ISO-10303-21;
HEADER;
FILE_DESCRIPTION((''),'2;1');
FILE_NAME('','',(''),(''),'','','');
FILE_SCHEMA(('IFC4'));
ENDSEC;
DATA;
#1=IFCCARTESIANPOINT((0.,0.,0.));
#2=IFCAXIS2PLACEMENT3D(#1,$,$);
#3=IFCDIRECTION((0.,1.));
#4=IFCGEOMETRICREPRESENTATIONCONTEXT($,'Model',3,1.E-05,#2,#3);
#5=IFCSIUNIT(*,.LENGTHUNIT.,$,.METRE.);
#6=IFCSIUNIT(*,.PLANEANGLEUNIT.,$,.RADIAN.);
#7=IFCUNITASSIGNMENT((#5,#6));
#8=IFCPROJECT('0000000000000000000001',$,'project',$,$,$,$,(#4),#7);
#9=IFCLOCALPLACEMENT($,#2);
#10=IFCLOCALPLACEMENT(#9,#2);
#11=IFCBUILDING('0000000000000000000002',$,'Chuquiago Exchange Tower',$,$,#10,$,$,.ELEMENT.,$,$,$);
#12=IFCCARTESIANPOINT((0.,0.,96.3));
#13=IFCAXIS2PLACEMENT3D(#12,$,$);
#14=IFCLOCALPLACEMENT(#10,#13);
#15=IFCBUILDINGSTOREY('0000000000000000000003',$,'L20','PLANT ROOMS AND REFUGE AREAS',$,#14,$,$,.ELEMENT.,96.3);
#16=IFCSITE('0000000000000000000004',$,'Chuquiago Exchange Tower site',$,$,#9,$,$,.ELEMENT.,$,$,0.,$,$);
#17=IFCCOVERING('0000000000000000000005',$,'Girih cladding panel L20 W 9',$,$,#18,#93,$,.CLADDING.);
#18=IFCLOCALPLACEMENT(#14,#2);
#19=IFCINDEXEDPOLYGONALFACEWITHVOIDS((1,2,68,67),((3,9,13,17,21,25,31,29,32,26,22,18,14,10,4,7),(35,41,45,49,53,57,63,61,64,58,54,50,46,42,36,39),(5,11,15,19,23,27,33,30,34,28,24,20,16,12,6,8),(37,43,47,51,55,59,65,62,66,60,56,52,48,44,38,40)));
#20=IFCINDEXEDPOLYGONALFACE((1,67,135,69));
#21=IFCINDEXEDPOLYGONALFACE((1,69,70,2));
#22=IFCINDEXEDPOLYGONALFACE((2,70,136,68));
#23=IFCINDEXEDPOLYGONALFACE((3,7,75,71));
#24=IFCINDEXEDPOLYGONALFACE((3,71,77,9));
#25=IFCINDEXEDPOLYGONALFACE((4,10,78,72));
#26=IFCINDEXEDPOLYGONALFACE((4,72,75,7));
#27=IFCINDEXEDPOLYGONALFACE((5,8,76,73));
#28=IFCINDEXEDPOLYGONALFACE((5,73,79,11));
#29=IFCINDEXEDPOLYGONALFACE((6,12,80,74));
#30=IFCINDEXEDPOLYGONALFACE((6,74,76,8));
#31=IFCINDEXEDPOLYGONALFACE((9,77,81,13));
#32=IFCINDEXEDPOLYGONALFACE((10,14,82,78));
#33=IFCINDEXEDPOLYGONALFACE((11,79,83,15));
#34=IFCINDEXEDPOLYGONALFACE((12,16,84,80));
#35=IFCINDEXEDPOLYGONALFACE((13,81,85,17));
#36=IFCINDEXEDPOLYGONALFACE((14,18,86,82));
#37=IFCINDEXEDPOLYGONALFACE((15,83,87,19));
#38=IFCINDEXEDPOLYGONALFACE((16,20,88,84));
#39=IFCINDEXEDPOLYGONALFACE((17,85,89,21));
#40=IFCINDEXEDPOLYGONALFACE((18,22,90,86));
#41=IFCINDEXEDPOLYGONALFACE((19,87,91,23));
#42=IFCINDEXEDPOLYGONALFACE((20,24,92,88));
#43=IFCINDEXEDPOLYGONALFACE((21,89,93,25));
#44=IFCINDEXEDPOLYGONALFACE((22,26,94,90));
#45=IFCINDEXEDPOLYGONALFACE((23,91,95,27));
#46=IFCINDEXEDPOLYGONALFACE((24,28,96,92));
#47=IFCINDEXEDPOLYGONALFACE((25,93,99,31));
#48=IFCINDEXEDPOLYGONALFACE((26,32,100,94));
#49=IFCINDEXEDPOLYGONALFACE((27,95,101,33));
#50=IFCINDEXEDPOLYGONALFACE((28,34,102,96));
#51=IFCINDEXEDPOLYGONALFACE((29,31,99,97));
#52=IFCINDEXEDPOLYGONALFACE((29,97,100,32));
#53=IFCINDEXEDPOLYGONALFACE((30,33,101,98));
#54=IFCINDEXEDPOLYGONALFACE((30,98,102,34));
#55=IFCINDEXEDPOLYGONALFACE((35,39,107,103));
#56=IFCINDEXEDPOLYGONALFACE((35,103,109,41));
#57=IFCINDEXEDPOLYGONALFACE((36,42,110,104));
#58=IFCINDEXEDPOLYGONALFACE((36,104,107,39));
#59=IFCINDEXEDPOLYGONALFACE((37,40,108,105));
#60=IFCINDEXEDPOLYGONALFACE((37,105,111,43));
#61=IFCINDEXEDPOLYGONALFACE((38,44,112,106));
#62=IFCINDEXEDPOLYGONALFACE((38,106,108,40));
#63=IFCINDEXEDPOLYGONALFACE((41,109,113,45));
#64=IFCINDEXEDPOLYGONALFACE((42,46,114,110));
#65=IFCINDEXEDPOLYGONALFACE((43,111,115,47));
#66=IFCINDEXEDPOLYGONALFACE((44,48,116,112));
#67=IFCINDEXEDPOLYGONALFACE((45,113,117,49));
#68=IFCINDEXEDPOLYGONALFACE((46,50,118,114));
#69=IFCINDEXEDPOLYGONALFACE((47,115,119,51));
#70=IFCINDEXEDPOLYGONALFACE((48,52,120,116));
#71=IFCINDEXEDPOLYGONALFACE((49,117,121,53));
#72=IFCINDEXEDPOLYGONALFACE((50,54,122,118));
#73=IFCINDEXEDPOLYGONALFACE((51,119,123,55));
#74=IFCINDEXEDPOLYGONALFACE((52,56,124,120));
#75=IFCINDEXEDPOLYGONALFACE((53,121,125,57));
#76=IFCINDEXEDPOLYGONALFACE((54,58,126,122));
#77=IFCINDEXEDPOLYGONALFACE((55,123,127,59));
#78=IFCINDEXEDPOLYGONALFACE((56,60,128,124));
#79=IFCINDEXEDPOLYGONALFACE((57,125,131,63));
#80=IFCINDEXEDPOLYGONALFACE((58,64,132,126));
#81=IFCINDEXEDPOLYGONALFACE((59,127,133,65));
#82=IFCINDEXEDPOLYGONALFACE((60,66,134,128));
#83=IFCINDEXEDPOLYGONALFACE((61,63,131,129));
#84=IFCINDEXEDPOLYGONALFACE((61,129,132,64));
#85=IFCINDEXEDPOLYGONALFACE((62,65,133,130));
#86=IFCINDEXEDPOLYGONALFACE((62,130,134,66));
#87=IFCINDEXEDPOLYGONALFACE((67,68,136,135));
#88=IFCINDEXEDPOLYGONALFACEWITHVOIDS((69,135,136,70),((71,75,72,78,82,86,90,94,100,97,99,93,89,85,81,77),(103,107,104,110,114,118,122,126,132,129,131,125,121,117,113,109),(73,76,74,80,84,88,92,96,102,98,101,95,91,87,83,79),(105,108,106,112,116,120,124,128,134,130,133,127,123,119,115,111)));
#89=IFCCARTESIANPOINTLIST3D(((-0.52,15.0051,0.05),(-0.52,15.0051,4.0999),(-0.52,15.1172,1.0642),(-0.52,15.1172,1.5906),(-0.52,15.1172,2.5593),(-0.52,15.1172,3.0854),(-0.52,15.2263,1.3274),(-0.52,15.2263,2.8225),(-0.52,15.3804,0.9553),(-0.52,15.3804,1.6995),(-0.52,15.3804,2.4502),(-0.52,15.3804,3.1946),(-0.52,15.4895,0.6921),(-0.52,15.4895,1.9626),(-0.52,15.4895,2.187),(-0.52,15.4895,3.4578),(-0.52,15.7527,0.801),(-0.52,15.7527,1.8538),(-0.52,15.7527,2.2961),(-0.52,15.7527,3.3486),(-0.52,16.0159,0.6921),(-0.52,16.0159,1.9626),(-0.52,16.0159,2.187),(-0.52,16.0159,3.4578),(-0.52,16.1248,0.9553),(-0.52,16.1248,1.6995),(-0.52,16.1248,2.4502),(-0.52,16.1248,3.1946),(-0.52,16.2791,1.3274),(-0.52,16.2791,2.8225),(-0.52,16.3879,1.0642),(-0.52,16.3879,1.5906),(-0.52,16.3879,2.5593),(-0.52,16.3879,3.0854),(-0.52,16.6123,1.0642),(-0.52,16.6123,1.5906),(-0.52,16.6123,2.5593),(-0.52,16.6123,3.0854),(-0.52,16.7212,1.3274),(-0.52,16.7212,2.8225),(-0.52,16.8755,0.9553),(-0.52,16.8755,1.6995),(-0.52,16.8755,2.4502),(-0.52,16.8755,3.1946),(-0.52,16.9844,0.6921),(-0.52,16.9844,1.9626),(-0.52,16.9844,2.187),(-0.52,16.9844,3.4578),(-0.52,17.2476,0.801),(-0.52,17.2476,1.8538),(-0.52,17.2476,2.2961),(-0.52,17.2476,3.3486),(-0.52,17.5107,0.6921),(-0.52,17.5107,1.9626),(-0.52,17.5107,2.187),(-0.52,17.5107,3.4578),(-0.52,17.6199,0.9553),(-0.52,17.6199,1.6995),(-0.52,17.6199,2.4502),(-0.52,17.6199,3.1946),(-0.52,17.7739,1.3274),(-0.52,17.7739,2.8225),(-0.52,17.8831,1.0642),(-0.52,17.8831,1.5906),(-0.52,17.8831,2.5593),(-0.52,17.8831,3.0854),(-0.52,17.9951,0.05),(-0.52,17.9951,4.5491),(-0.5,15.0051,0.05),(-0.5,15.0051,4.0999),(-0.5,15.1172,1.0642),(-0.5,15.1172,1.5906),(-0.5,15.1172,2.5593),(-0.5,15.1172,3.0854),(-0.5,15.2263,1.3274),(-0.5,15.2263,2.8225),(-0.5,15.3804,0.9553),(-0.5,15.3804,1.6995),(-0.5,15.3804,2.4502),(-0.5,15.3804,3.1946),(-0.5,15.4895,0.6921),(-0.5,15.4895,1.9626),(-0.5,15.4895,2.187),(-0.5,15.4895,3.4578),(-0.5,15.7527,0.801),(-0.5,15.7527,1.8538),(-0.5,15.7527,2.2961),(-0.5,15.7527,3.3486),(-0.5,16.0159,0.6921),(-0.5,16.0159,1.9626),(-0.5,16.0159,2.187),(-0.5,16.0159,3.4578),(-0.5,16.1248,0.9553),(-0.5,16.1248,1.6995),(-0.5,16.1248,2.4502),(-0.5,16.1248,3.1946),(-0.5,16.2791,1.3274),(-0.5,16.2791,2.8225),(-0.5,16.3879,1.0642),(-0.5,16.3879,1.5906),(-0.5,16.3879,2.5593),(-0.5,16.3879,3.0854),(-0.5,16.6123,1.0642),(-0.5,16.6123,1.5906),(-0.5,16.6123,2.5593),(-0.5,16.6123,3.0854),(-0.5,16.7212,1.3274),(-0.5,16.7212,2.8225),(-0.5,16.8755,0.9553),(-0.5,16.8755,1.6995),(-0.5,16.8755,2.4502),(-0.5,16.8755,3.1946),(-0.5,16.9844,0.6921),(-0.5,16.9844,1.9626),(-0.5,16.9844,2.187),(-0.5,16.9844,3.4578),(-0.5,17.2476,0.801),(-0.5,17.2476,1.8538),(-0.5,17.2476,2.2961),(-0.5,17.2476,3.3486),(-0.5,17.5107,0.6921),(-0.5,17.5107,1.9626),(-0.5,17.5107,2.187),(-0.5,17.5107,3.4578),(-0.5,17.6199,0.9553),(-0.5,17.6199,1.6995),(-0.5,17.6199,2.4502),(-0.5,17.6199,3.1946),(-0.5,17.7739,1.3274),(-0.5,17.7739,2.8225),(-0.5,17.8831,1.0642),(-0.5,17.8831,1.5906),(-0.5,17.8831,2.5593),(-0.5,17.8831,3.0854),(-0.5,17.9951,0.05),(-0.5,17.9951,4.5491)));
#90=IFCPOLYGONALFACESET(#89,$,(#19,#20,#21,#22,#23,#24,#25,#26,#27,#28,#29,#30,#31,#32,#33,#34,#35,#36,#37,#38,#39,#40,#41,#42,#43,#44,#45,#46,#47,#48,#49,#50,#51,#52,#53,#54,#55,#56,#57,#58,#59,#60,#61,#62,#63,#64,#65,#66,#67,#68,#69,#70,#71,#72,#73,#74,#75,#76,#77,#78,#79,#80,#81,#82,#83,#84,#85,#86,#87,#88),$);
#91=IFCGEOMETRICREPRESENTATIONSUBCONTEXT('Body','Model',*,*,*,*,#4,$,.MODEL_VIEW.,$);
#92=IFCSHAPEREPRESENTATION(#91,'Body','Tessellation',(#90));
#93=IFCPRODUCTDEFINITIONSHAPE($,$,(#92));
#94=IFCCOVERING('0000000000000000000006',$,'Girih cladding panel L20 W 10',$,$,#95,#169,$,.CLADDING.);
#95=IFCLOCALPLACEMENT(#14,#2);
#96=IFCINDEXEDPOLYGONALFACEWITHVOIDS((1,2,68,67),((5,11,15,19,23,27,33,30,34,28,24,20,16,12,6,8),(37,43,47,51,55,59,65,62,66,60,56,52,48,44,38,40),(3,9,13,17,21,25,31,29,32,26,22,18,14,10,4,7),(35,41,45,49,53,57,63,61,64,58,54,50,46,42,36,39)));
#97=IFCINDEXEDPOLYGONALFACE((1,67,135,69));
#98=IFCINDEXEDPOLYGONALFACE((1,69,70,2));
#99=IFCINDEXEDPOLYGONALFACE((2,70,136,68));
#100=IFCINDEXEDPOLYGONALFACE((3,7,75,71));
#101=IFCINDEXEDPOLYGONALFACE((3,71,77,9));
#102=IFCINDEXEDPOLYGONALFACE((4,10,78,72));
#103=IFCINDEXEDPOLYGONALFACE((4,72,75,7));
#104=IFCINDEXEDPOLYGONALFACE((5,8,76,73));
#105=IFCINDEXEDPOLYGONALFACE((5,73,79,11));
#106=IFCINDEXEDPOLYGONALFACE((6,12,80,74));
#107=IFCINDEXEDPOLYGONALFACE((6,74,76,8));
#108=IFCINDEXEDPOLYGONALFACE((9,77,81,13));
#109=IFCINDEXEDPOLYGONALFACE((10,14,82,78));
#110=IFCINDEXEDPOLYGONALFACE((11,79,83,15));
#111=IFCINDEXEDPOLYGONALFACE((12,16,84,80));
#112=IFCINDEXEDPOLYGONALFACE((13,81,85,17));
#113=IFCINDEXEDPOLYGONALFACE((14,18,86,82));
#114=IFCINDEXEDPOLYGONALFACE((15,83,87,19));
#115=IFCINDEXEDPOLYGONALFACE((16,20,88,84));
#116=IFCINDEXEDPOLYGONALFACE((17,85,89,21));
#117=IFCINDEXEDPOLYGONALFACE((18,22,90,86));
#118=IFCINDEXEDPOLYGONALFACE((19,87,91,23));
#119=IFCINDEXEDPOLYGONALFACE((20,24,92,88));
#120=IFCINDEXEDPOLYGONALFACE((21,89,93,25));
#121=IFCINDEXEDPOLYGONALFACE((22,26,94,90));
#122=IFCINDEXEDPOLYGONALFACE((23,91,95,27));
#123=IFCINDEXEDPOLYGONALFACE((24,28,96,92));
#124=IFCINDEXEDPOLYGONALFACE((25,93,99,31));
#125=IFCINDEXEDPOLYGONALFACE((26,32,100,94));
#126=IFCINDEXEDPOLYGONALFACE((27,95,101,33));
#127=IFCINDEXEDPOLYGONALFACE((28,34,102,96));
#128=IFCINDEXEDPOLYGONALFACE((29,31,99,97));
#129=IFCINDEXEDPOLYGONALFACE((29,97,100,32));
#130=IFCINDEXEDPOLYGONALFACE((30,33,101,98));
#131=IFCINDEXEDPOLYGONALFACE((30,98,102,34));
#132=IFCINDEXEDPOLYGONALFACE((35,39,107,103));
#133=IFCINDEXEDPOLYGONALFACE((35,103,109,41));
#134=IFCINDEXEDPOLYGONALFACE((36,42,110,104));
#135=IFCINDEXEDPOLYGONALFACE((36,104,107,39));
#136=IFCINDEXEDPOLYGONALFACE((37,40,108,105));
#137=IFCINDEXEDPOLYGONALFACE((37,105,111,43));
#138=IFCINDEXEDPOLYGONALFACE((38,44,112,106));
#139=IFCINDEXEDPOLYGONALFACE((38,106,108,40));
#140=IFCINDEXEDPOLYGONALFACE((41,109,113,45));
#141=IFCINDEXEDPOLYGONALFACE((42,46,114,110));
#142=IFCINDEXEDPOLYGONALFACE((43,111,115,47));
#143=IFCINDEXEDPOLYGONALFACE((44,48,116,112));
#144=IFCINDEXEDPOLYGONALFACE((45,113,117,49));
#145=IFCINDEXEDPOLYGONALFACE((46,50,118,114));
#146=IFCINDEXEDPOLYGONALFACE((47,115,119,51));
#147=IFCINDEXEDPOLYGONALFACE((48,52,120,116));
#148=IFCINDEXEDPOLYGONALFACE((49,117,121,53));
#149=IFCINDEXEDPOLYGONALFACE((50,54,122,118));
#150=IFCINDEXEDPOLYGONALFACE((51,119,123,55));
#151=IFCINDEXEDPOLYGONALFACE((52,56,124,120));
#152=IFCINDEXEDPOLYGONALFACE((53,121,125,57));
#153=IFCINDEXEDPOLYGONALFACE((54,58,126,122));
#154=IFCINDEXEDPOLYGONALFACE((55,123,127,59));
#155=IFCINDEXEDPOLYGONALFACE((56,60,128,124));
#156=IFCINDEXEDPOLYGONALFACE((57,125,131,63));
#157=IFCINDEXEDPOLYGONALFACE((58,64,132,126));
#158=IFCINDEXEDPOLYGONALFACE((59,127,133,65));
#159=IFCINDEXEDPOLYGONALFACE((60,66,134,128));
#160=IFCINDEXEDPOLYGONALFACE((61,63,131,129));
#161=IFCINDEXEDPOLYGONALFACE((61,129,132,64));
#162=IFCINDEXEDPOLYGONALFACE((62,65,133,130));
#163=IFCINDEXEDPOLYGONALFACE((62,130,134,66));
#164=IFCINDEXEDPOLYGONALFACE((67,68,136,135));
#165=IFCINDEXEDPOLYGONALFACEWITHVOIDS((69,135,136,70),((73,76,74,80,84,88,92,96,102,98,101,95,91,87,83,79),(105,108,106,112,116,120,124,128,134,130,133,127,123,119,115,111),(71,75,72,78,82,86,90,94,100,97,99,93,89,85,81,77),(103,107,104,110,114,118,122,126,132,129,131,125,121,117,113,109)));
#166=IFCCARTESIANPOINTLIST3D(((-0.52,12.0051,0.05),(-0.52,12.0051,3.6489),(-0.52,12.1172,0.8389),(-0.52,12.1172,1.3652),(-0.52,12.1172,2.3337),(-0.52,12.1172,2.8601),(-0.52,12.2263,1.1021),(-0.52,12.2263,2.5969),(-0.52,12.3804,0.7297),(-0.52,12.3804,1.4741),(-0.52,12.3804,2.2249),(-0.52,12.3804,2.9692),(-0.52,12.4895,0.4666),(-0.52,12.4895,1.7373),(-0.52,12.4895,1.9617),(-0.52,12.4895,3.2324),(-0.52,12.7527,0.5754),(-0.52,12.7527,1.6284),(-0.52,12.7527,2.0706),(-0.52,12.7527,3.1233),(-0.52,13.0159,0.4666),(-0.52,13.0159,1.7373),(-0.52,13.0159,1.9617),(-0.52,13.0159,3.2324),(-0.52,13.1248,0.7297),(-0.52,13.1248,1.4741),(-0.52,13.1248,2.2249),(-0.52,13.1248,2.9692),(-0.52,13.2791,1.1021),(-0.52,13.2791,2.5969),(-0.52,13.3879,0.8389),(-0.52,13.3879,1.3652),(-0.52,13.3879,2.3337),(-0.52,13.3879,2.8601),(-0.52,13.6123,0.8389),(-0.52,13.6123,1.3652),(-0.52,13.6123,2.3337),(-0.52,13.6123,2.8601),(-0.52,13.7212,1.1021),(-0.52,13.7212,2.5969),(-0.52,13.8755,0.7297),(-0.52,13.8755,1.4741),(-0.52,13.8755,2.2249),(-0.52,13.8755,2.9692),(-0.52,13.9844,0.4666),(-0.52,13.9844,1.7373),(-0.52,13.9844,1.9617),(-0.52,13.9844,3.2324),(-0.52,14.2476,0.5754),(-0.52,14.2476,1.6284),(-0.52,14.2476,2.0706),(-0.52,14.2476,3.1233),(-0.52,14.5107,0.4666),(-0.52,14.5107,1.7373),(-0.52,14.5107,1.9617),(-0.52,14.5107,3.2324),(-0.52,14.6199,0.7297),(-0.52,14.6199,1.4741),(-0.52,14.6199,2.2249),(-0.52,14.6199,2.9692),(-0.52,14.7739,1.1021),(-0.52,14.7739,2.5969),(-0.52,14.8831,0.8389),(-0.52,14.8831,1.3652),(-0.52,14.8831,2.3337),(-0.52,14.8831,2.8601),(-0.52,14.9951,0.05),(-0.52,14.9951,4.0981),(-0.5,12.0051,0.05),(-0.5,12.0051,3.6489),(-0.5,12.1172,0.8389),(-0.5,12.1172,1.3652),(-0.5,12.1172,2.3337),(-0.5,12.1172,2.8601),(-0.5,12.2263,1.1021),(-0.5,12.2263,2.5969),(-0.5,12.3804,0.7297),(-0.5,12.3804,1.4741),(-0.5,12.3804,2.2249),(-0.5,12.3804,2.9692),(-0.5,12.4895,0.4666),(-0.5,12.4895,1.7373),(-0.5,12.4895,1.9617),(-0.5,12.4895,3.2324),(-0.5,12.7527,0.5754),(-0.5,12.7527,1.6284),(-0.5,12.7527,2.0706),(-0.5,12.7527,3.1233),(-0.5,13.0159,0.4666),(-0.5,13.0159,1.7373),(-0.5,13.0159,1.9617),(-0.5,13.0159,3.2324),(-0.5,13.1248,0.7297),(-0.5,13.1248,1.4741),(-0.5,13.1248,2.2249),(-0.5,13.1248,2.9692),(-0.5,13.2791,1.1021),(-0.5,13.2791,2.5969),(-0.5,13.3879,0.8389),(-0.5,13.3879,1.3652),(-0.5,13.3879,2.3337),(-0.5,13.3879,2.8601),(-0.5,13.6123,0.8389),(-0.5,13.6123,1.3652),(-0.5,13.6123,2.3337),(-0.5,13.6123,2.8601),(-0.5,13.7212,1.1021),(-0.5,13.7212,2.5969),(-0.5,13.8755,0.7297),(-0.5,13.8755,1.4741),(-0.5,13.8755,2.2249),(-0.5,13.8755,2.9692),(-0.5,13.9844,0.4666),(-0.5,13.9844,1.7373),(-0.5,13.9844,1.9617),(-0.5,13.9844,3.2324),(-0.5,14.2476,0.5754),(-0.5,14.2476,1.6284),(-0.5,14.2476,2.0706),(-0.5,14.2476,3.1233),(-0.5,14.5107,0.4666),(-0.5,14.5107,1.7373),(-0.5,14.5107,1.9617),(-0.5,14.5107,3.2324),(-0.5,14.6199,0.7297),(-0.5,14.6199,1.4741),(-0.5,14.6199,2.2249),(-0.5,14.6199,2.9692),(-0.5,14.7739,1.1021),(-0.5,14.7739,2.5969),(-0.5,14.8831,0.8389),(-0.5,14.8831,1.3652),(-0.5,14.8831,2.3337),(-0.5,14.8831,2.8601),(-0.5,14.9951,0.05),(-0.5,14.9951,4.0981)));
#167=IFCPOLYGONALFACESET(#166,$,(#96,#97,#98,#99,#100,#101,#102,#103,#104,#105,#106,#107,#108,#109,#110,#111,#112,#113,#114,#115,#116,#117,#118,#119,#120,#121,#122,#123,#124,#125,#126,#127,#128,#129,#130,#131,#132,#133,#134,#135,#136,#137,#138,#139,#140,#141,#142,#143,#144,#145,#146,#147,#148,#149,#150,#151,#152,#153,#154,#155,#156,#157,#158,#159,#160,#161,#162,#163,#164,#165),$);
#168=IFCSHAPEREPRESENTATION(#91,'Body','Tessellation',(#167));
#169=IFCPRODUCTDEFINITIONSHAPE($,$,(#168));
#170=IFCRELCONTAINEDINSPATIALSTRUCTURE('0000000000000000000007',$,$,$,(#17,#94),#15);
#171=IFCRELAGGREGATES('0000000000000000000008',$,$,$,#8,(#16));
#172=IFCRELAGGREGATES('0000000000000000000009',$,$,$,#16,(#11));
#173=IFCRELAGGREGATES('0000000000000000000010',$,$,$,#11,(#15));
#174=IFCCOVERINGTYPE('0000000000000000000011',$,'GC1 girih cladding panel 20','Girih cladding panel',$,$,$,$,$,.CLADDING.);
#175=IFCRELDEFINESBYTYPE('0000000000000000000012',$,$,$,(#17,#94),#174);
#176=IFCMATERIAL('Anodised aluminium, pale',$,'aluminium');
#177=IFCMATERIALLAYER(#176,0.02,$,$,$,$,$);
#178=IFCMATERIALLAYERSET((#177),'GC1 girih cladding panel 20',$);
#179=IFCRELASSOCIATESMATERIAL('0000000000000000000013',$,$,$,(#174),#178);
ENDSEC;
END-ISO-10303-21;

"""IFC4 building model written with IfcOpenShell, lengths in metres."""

from ifc_helpers import new_model, si_unit, direction, frame, origin, place, context, subcontext, project, spatial, polyline, outline, extrude, material, layer, layer_set, type_object, element, save


model = new_model("IFC4")

# Units and contexts
model_context = context("Model", 3, precision=1e-05, world=origin(), true_north=direction((0.0, 1.0)))
body_context = subcontext(model_context, "Body", "Model", "MODEL_VIEW")
ifc_project = project(units=[si_unit("LENGTHUNIT", "METRE"), si_unit("PLANEANGLEUNIT", "RADIAN")], contexts=[model_context])

# Site, building, storey
site_placement = place(None, origin())
site = spatial("IfcSite", under=ifc_project, at=site_placement, Name="Chuquiago Exchange Tower site", CompositionType="ELEMENT", RefElevation=0.0)
building_placement = place(site_placement, origin())
building = spatial("IfcBuilding", under=site, at=building_placement, Name="Chuquiago Exchange Tower", CompositionType="ELEMENT")
storey_placement = place(building_placement, frame((0.0, 0.0, 96.3)))
storey = spatial("IfcBuildingStorey", under=building, at=storey_placement, Name="L20", Description="PLANT ROOMS AND REFUGE AREAS", CompositionType="ELEMENT", Elevation=96.3)

# Coverings
ifc_material_1 = material(Name="Anodised aluminium, pale", Category="aluminium")
ifc_layer_1 = layer(ifc_material_1, 0.02)
ifc_layer_set_1 = layer_set([ifc_layer_1], Name="GC1 girih cladding panel 20")
covering_type_1 = type_object("IfcCoveringType", Name="GC1 girih cladding panel 20", Description="Girih cladding panel", PredefinedType="CLADDING", material=ifc_layer_set_1)
covering_1_placement = place(storey_placement, frame((-0.5, 17.9951, 0.05), z_axis=(0.0, 0.0, 1.0), x_axis=(0.0, -1.0, 0.0)))
element("IfcCovering", 1, at=covering_1_placement, inside=storey, type_object=covering_type_1, Name="Girih cladding panel L20 W 9", PredefinedType="CLADDING", context=body_context, shape_type="SweptSolid", body=[
    extrude(outline(polyline([(0.0, 0.0), (2.99, 0.0), (2.99, 4.0498), (0.0, 4.499), (0.0, 0.0)]), holes=[polyline([(1.2739, 1.2773), (1.3828, 1.5405), (1.1196, 1.6494), (1.0107, 1.9126), (0.7476, 1.8037), (0.4844, 1.9126), (0.3752, 1.6494), (0.1121, 1.5405), (0.2212, 1.2773), (0.1121, 1.0142), (0.3752, 0.9053), (0.4844, 0.6421), (0.7476, 0.751), (1.0107, 0.6421), (1.1196, 0.9053), (1.3828, 1.0142), (1.2739, 1.2773)]), polyline([(2.7688, 1.2773), (2.8779, 1.5405), (2.6147, 1.6494), (2.5056, 1.9126), (2.2424, 1.8037), (1.9792, 1.9126), (1.8704, 1.6494), (1.6072, 1.5405), (1.7161, 1.2773), (1.6072, 1.0142), (1.8704, 0.9053), (1.9792, 0.6421), (2.2424, 0.751), (2.5056, 0.6421), (2.6147, 0.9053), (2.8779, 1.0142), (2.7688, 1.2773)]), polyline([(1.2739, 2.7725), (1.3828, 3.0354), (1.1196, 3.1445), (1.0107, 3.4077), (0.7476, 3.2986), (0.4844, 3.4077), (0.3752, 3.1445), (0.1121, 3.0354), (0.2212, 2.7725), (0.1121, 2.5093), (0.3752, 2.4001), (0.4844, 2.137), (0.7476, 2.2461), (1.0107, 2.137), (1.1196, 2.4001), (1.3828, 2.5093), (1.2739, 2.7725)]), polyline([(2.7688, 2.7725), (2.8779, 3.0354), (2.6147, 3.1445), (2.5056, 3.4077), (2.2424, 3.2986), (1.9792, 3.4077), (1.8704, 3.1445), (1.6072, 3.0354), (1.7161, 2.7725), (1.6072, 2.5093), (1.8704, 2.4001), (1.9792, 2.137), (2.2424, 2.2461), (2.5056, 2.137), (2.6147, 2.4001), (2.8779, 2.5093), (2.7688, 2.7725)])]), frame((0.0, 0.0, 0.0), z_axis=(0.0, -1.0, 0.0), x_axis=(1.0, 0.0, 0.0)), (0.0, 0.0, 1.0), 0.02),
])
covering_2_placement = place(storey_placement, frame((-0.5, 14.9951, 0.05), z_axis=(0.0, 0.0, 1.0), x_axis=(0.0, -1.0, 0.0)))
element("IfcCovering", 2, at=covering_2_placement, inside=storey, type_object=covering_type_1, Name="Girih cladding panel L20 W 10", PredefinedType="CLADDING", context=body_context, shape_type="SweptSolid", body=[
    extrude(outline(polyline([(0.0, 0.0), (2.99, 0.0), (2.99, 3.5989), (0.0, 4.0481), (0.0, 0.0)]), holes=[polyline([(1.2739, 1.052), (1.3828, 1.3152), (1.1196, 1.4241), (1.0107, 1.6873), (0.7476, 1.5784), (0.4844, 1.6873), (0.3752, 1.4241), (0.1121, 1.3152), (0.2212, 1.052), (0.1121, 0.7888), (0.3752, 0.6797), (0.4844, 0.4165), (0.7476, 0.5254), (1.0107, 0.4165), (1.1196, 0.6797), (1.3828, 0.7888), (1.2739, 1.052)]), polyline([(2.7688, 1.052), (2.8779, 1.3152), (2.6147, 1.4241), (2.5056, 1.6873), (2.2424, 1.5784), (1.9792, 1.6873), (1.8704, 1.4241), (1.6072, 1.3152), (1.7161, 1.052), (1.6072, 0.7888), (1.8704, 0.6797), (1.9792, 0.4165), (2.2424, 0.5254), (2.5056, 0.4165), (2.6147, 0.6797), (2.8779, 0.7888), (2.7688, 1.052)]), polyline([(1.2739, 2.5469), (1.3828, 2.8101), (1.1196, 2.9192), (1.0107, 3.1824), (0.7476, 3.0732), (0.4844, 3.1824), (0.3752, 2.9192), (0.1121, 2.8101), (0.2212, 2.5469), (0.1121, 2.2837), (0.3752, 2.1748), (0.4844, 1.9116), (0.7476, 2.0205), (1.0107, 1.9116), (1.1196, 2.1748), (1.3828, 2.2837), (1.2739, 2.5469)]), polyline([(2.7688, 2.5469), (2.8779, 2.8101), (2.6147, 2.9192), (2.5056, 3.1824), (2.2424, 3.0732), (1.9792, 3.1824), (1.8704, 2.9192), (1.6072, 2.8101), (1.7161, 2.5469), (1.6072, 2.2837), (1.8704, 2.1748), (1.9792, 1.9116), (2.2424, 2.0205), (2.5056, 1.9116), (2.6147, 2.1748), (2.8779, 2.2837), (2.7688, 2.5469)])]), frame((0.0, 0.0, 0.0), z_axis=(0.0, -1.0, 0.0), x_axis=(1.0, 0.0, 0.0)), (0.0, 0.0, 1.0), 0.02),
])

save(model, "model.ifc")
